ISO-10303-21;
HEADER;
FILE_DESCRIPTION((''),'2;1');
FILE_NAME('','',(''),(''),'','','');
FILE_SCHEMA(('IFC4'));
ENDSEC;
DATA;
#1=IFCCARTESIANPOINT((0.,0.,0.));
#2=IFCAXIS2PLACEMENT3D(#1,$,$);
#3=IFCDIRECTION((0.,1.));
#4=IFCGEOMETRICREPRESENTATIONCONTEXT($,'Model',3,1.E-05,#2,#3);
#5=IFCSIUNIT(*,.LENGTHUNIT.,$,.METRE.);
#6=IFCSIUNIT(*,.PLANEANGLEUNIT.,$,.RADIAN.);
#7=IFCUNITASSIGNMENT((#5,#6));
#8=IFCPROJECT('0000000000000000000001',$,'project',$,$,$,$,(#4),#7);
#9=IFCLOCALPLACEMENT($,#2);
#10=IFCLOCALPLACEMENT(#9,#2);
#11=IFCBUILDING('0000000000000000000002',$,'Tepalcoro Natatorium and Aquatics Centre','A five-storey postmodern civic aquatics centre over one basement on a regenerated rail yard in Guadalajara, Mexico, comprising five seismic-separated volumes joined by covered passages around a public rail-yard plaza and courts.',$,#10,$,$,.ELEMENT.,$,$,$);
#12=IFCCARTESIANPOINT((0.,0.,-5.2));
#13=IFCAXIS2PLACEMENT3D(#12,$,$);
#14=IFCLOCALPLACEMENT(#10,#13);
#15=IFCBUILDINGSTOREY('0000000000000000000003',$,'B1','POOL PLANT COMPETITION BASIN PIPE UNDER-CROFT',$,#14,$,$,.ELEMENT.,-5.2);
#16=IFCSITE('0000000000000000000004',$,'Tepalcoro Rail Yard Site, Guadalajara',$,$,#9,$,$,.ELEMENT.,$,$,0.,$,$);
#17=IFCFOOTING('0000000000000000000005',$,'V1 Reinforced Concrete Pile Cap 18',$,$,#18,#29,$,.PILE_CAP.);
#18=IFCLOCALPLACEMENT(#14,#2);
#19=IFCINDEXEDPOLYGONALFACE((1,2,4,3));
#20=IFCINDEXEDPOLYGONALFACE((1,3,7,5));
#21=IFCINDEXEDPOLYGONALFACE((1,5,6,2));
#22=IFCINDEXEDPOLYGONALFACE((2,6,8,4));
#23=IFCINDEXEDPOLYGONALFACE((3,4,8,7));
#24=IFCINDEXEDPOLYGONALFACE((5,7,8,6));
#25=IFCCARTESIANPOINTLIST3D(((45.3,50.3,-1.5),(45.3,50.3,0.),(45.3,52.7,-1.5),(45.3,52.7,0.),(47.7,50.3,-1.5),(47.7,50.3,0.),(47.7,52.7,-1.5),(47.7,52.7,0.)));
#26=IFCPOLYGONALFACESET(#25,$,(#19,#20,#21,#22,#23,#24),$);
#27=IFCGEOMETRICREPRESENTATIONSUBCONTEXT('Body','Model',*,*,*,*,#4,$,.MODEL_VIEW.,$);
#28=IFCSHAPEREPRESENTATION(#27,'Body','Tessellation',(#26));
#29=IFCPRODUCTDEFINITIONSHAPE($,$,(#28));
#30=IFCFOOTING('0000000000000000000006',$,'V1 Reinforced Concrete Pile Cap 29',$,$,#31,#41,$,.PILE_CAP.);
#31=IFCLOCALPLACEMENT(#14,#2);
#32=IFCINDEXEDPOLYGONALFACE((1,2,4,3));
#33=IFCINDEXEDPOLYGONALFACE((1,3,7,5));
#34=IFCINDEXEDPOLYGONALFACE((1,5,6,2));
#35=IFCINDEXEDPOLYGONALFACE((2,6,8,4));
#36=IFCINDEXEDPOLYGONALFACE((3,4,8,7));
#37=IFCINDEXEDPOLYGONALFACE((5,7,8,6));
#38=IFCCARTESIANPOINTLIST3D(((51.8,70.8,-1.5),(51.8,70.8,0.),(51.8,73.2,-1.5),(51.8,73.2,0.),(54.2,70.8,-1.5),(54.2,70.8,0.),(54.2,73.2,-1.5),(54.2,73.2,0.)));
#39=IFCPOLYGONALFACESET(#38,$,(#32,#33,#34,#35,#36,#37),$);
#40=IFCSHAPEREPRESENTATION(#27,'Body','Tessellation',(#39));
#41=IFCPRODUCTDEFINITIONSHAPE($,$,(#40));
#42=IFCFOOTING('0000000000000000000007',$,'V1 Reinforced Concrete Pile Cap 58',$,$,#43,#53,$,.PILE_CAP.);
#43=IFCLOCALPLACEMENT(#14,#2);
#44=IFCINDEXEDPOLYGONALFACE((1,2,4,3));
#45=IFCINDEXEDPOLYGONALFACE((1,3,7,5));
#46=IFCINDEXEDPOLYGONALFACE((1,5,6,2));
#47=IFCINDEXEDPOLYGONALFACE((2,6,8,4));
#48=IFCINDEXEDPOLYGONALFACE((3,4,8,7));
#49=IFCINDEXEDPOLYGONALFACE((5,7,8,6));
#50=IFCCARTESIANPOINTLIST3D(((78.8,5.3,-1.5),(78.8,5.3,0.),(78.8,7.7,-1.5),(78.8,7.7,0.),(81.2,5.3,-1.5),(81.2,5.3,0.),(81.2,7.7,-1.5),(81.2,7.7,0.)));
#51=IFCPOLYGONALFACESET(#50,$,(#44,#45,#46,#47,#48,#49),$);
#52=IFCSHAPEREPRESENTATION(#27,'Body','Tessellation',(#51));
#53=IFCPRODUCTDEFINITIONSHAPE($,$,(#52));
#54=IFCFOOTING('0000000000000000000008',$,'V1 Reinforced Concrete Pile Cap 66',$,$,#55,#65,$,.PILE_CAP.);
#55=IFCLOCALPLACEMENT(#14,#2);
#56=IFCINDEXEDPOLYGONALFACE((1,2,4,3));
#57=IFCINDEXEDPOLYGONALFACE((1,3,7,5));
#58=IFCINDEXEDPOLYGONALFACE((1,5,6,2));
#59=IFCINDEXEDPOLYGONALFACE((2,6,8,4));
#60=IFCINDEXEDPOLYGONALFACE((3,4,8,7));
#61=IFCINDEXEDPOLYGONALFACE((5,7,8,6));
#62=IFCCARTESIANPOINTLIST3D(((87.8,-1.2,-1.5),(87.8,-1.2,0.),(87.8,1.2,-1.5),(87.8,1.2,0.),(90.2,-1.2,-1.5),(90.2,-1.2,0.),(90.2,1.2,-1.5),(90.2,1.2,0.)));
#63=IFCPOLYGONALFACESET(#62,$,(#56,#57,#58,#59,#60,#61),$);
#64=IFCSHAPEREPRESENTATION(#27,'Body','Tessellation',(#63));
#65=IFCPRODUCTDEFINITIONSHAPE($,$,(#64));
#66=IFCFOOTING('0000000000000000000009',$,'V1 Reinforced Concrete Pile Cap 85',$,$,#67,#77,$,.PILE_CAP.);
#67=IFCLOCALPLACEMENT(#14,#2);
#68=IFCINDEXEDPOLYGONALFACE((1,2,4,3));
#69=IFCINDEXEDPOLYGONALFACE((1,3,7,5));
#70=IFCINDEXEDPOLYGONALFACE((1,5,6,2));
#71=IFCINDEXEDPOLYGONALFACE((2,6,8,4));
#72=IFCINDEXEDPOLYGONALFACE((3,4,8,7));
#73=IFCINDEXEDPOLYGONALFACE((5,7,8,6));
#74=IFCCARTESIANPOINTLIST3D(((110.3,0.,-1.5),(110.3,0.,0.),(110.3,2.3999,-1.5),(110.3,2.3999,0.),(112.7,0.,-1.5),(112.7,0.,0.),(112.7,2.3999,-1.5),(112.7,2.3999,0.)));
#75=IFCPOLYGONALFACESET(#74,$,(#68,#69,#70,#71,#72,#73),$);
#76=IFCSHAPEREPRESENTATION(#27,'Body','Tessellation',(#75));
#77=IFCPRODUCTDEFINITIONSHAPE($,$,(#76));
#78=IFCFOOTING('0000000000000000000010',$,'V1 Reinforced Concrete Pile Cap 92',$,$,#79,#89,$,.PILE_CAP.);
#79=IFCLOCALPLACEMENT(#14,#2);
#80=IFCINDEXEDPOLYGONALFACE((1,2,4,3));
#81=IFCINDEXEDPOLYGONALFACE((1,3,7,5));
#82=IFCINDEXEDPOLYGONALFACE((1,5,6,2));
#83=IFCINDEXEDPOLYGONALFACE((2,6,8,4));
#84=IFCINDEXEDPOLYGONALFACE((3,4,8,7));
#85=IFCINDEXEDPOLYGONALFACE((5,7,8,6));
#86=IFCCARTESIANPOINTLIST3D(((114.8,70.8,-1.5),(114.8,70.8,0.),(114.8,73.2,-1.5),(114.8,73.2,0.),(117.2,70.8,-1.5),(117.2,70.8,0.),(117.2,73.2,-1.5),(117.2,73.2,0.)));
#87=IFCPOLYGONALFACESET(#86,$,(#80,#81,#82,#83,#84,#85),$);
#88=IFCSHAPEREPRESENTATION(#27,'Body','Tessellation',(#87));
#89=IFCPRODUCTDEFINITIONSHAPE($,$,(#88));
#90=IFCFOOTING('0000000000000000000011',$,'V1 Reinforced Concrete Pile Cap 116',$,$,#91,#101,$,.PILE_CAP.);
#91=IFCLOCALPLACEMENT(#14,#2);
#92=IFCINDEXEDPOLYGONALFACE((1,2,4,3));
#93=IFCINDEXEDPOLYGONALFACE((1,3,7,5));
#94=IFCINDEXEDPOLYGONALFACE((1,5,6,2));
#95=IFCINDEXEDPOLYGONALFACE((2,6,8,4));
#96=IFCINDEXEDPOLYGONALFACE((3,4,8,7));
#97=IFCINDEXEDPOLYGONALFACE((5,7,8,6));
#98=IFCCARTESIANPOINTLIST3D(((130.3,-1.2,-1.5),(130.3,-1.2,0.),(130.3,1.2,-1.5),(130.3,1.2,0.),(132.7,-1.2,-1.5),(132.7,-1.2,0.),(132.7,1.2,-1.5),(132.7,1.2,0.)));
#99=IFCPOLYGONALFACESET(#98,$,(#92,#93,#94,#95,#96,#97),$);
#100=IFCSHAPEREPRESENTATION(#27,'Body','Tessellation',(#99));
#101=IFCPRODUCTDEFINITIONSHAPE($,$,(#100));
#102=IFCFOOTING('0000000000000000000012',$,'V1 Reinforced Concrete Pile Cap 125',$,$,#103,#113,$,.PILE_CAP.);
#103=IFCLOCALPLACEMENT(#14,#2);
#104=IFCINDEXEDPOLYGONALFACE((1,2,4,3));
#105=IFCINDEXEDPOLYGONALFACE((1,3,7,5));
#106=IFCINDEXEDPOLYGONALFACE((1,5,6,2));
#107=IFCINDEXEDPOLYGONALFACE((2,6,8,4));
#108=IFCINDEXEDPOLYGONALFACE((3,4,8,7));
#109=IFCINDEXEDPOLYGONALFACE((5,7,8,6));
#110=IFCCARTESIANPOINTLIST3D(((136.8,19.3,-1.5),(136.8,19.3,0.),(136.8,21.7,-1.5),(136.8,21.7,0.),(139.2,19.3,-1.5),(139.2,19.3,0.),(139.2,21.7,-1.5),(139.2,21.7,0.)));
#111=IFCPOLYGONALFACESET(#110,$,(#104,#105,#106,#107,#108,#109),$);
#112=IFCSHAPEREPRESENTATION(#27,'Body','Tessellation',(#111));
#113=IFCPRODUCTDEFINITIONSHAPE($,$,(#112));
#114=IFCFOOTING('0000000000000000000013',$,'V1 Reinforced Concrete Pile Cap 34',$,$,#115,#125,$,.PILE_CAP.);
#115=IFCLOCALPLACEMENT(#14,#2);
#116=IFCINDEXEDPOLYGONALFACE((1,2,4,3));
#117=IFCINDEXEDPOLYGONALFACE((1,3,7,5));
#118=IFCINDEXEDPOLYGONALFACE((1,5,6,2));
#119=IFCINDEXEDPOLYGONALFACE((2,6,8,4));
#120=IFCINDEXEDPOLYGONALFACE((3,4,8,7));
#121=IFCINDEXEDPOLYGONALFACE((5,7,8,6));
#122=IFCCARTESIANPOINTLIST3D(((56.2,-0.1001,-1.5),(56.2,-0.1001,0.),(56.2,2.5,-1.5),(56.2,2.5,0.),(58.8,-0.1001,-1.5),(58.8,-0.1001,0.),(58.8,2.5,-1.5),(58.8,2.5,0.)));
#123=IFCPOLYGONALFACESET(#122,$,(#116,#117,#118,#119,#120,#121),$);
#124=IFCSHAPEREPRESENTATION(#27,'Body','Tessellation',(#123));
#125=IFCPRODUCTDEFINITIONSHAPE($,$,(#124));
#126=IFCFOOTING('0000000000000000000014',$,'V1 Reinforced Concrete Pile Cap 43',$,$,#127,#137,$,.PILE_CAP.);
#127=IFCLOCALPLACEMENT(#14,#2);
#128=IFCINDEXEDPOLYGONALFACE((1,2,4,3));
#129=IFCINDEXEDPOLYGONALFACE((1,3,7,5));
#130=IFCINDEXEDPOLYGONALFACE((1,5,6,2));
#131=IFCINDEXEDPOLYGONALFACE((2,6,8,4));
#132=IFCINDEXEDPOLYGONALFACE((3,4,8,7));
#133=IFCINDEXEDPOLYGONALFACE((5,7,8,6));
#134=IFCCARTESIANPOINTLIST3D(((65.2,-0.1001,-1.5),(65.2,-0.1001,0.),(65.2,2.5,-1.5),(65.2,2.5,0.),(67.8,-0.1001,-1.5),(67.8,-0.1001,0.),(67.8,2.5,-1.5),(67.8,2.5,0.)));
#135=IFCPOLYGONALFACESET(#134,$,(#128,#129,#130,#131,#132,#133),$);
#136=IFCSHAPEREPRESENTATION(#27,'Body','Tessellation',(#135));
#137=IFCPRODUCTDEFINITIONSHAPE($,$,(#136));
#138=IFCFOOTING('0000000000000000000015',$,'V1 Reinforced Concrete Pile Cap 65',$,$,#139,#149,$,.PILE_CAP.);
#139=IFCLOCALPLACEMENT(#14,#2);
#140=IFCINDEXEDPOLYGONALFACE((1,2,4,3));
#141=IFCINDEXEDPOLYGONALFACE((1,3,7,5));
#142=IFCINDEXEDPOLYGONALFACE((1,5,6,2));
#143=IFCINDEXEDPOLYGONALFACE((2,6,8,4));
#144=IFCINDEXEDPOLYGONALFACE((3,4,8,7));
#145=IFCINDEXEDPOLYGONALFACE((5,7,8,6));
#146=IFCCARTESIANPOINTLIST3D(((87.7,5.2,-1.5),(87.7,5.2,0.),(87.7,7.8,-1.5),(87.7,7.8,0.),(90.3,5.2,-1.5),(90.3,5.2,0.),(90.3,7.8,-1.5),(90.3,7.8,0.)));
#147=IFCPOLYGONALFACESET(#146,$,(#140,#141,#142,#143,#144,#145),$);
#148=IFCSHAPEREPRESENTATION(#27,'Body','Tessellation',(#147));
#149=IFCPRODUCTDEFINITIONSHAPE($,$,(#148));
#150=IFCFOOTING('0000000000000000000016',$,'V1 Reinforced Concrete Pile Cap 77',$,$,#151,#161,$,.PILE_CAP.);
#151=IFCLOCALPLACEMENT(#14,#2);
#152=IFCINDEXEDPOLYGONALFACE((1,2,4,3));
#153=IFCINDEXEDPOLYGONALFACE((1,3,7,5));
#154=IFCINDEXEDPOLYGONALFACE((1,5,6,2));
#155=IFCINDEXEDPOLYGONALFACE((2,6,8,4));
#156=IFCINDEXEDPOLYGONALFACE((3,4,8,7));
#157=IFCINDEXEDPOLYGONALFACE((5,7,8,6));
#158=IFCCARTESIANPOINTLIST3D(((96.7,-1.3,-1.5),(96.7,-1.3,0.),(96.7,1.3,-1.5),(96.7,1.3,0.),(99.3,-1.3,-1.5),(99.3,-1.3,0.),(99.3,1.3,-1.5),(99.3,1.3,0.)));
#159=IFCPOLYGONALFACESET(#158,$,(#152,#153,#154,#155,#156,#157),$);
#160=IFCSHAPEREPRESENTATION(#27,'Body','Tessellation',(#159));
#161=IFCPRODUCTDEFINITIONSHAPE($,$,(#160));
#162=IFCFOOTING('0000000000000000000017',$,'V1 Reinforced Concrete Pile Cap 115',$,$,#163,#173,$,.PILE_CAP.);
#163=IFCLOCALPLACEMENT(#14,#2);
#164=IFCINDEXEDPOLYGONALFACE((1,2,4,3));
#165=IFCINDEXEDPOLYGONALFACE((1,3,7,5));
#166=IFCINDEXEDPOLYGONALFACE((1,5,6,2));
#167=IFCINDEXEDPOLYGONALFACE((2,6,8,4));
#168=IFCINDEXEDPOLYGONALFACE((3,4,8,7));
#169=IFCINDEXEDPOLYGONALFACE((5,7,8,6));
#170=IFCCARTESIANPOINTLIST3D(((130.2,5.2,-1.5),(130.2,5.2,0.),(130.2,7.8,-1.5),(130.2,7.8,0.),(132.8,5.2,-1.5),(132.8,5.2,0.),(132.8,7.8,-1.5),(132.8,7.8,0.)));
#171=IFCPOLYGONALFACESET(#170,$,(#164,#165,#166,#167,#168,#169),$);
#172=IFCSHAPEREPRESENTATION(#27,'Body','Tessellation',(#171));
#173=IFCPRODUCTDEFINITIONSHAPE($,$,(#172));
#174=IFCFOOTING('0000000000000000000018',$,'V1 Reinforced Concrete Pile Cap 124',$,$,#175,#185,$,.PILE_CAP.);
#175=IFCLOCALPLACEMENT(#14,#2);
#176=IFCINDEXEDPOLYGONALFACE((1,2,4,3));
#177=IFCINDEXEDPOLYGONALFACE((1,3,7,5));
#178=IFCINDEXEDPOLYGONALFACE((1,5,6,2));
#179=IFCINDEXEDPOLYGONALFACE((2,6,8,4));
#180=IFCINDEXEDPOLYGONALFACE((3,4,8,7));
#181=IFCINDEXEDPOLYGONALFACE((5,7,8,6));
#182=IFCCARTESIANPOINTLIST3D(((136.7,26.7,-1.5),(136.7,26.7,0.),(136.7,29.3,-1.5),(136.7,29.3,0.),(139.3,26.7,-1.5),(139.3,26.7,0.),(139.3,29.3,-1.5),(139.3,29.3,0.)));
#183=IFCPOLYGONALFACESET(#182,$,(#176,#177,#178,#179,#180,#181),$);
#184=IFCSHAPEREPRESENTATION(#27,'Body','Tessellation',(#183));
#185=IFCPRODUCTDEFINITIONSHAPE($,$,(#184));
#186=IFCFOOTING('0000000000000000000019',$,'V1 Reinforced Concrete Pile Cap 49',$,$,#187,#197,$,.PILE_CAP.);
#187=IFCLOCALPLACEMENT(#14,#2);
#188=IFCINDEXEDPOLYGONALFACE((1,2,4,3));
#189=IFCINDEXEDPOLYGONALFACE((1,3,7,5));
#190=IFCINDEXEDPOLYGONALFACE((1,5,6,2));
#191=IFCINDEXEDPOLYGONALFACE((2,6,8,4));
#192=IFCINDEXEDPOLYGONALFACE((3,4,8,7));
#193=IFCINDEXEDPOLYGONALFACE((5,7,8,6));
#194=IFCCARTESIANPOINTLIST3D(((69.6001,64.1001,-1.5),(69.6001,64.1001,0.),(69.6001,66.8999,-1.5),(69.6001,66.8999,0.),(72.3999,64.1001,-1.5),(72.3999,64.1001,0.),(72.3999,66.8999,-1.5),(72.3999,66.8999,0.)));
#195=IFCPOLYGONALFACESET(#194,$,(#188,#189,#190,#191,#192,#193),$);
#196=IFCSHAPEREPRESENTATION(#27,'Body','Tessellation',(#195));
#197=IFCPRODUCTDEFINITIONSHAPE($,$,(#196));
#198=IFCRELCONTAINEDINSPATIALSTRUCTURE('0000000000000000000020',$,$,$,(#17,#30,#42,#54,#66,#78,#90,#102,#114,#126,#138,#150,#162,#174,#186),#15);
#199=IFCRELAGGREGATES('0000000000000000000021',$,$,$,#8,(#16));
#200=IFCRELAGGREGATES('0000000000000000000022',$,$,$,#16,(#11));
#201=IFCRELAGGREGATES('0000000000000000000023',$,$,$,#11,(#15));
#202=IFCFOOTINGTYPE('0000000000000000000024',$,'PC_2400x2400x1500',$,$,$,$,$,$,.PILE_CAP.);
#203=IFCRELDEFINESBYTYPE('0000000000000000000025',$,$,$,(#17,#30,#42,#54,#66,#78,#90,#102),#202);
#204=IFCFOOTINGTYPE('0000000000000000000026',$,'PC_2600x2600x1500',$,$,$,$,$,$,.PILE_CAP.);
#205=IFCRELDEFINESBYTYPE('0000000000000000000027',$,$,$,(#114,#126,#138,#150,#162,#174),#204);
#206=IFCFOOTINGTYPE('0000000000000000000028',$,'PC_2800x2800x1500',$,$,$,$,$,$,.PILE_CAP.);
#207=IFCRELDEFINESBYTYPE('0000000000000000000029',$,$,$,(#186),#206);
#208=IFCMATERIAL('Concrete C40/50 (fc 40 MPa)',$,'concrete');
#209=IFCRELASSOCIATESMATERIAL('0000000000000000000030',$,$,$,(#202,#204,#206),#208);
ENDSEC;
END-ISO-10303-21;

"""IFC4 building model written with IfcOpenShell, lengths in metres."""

from ifc_helpers import new_model, si_unit, direction, frame, origin, place, context, subcontext, project, spatial, polyline, outline, extrude, material, type_object, element, save


model = new_model("IFC4")

# Units and contexts
model_context = context("Model", 3, precision=1e-05, world=origin(), true_north=direction((0.0, 1.0)))
body_context = subcontext(model_context, "Body", "Model", "MODEL_VIEW")
ifc_project = project(units=[si_unit("LENGTHUNIT", "METRE"), si_unit("PLANEANGLEUNIT", "RADIAN")], contexts=[model_context])

# Site, building, storey
site_placement = place(None, origin())
site = spatial("IfcSite", under=ifc_project, at=site_placement, Name="Tepalcoro Rail Yard Site, Guadalajara", CompositionType="ELEMENT", RefElevation=0.0)
building_placement = place(site_placement, origin())
building = spatial("IfcBuilding", under=site, at=building_placement, Name="Tepalcoro Natatorium and Aquatics Centre", Description="A five-storey postmodern civic aquatics centre over one basement on a regenerated rail yard in Guadalajara, Mexico, comprising five seismic-separated volumes joined by covered passages around a public rail-yard plaza and courts.", CompositionType="ELEMENT")
storey_placement = place(building_placement, frame((0.0, 0.0, -5.2)))
storey = spatial("IfcBuildingStorey", under=building, at=storey_placement, Name="B1", Description="POOL PLANT COMPETITION BASIN PIPE UNDER-CROFT", CompositionType="ELEMENT", Elevation=-5.2)

# Footings
ifc_material = material(Name="Concrete C40/50 (fc 40 MPa)", Category="concrete")
footing_type_1 = type_object("IfcFootingType", Name="PC_2400x2400x1500", PredefinedType="PILE_CAP", material=ifc_material)
footing_1_placement = place(storey_placement, frame((0.0, 0.0, -1.5)))
element("IfcFooting", 1, at=footing_1_placement, inside=storey, type_object=footing_type_1, Name="V1 Reinforced Concrete Pile Cap 18", PredefinedType="PILE_CAP", context=body_context, shape_type="SweptSolid", body=[
    extrude(outline(polyline([(45.3, 50.3), (47.7, 50.3), (47.7, 52.7), (45.3, 52.7), (45.3, 50.3)])), origin(), (0.0, 0.0, 1.0), 1.5),
])
footing_2_placement = place(storey_placement, frame((0.0, 0.0, -1.5)))
element("IfcFooting", 2, at=footing_2_placement, inside=storey, type_object=footing_type_1, Name="V1 Reinforced Concrete Pile Cap 29", PredefinedType="PILE_CAP", context=body_context, shape_type="SweptSolid", body=[
    extrude(outline(polyline([(51.8, 70.8), (54.2, 70.8), (54.2, 73.2), (51.8, 73.2), (51.8, 70.8)])), origin(), (0.0, 0.0, 1.0), 1.5),
])
footing_3_placement = place(storey_placement, frame((0.0, 0.0, -1.5)))
element("IfcFooting", 3, at=footing_3_placement, inside=storey, type_object=footing_type_1, Name="V1 Reinforced Concrete Pile Cap 58", PredefinedType="PILE_CAP", context=body_context, shape_type="SweptSolid", body=[
    extrude(outline(polyline([(78.8, 5.3), (81.2, 5.3), (81.2, 7.7), (78.8, 7.7), (78.8, 5.3)])), origin(), (0.0, 0.0, 1.0), 1.5),
])
footing_4_placement = place(storey_placement, frame((0.0, 0.0, -1.5)))
element("IfcFooting", 4, at=footing_4_placement, inside=storey, type_object=footing_type_1, Name="V1 Reinforced Concrete Pile Cap 66", PredefinedType="PILE_CAP", context=body_context, shape_type="SweptSolid", body=[
    extrude(outline(polyline([(87.8, -1.2), (90.2, -1.2), (90.2, 1.2), (87.8, 1.2), (87.8, -1.2)])), origin(), (0.0, 0.0, 1.0), 1.5),
])
footing_5_placement = place(storey_placement, frame((0.0, 0.0, -1.5)))
element("IfcFooting", 5, at=footing_5_placement, inside=storey, type_object=footing_type_1, Name="V1 Reinforced Concrete Pile Cap 85", PredefinedType="PILE_CAP", context=body_context, shape_type="SweptSolid", body=[
    extrude(outline(polyline([(110.3, 0.0), (112.7, 0.0), (112.7, 2.3999), (110.3, 2.3999), (110.3, 0.0)])), origin(), (0.0, 0.0, 1.0), 1.5),
])
footing_6_placement = place(storey_placement, frame((0.0, 0.0, -1.5)))
element("IfcFooting", 6, at=footing_6_placement, inside=storey, type_object=footing_type_1, Name="V1 Reinforced Concrete Pile Cap 92", PredefinedType="PILE_CAP", context=body_context, shape_type="SweptSolid", body=[
    extrude(outline(polyline([(114.8, 70.8), (117.2, 70.8), (117.2, 73.2), (114.8, 73.2), (114.8, 70.8)])), origin(), (0.0, 0.0, 1.0), 1.5),
])
footing_7_placement = place(storey_placement, frame((0.0, 0.0, -1.5)))
element("IfcFooting", 7, at=footing_7_placement, inside=storey, type_object=footing_type_1, Name="V1 Reinforced Concrete Pile Cap 116", PredefinedType="PILE_CAP", context=body_context, shape_type="SweptSolid", body=[
    extrude(outline(polyline([(130.3, -1.2), (132.7, -1.2), (132.7, 1.2), (130.3, 1.2), (130.3, -1.2)])), origin(), (0.0, 0.0, 1.0), 1.5),
])
footing_8_placement = place(storey_placement, frame((0.0, 0.0, -1.5)))
element("IfcFooting", 8, at=footing_8_placement, inside=storey, type_object=footing_type_1, Name="V1 Reinforced Concrete Pile Cap 125", PredefinedType="PILE_CAP", context=body_context, shape_type="SweptSolid", body=[
    extrude(outline(polyline([(136.8, 19.3), (139.2, 19.3), (139.2, 21.7), (136.8, 21.7), (136.8, 19.3)])), origin(), (0.0, 0.0, 1.0), 1.5),
])
footing_type_2 = type_object("IfcFootingType", Name="PC_2600x2600x1500", PredefinedType="PILE_CAP", material=ifc_material)
footing_9_placement = place(storey_placement, frame((0.0, 0.0, -1.5)))
element("IfcFooting", 9, at=footing_9_placement, inside=storey, type_object=footing_type_2, Name="V1 Reinforced Concrete Pile Cap 34", PredefinedType="PILE_CAP", context=body_context, shape_type="SweptSolid", body=[
    extrude(outline(polyline([(56.2, -0.1001), (58.8, -0.1001), (58.8, 2.5), (56.2, 2.5), (56.2, -0.1001)])), origin(), (0.0, 0.0, 1.0), 1.5),
])
footing_10_placement = place(storey_placement, frame((0.0, 0.0, -1.5)))
element("IfcFooting", 10, at=footing_10_placement, inside=storey, type_object=footing_type_2, Name="V1 Reinforced Concrete Pile Cap 43", PredefinedType="PILE_CAP", context=body_context, shape_type="SweptSolid", body=[
    extrude(outline(polyline([(65.2, -0.1001), (67.8, -0.1001), (67.8, 2.5), (65.2, 2.5), (65.2, -0.1001)])), origin(), (0.0, 0.0, 1.0), 1.5),
])
footing_11_placement = place(storey_placement, frame((0.0, 0.0, -1.5)))
element("IfcFooting", 11, at=footing_11_placement, inside=storey, type_object=footing_type_2, Name="V1 Reinforced Concrete Pile Cap 65", PredefinedType="PILE_CAP", context=body_context, shape_type="SweptSolid", body=[
    extrude(outline(polyline([(87.7, 5.2), (90.3, 5.2), (90.3, 7.8), (87.7, 7.8), (87.7, 5.2)])), origin(), (0.0, 0.0, 1.0), 1.5),
])
footing_12_placement = place(storey_placement, frame((0.0, 0.0, -1.5)))
element("IfcFooting", 12, at=footing_12_placement, inside=storey, type_object=footing_type_2, Name="V1 Reinforced Concrete Pile Cap 77", PredefinedType="PILE_CAP", context=body_context, shape_type="SweptSolid", body=[
    extrude(outline(polyline([(96.7, -1.3), (99.3, -1.3), (99.3, 1.3), (96.7, 1.3), (96.7, -1.3)])), origin(), (0.0, 0.0, 1.0), 1.5),
])
footing_13_placement = place(storey_placement, frame((0.0, 0.0, -1.5)))
element("IfcFooting", 13, at=footing_13_placement, inside=storey, type_object=footing_type_2, Name="V1 Reinforced Concrete Pile Cap 115", PredefinedType="PILE_CAP", context=body_context, shape_type="SweptSolid", body=[
    extrude(outline(polyline([(130.2, 5.2), (132.8, 5.2), (132.8, 7.8), (130.2, 7.8), (130.2, 5.2)])), origin(), (0.0, 0.0, 1.0), 1.5),
])
footing_14_placement = place(storey_placement, frame((0.0, 0.0, -1.5)))
element("IfcFooting", 14, at=footing_14_placement, inside=storey, type_object=footing_type_2, Name="V1 Reinforced Concrete Pile Cap 124", PredefinedType="PILE_CAP", context=body_context, shape_type="SweptSolid", body=[
    extrude(outline(polyline([(136.7, 26.7), (139.3, 26.7), (139.3, 29.3), (136.7, 29.3), (136.7, 26.7)])), origin(), (0.0, 0.0, 1.0), 1.5),
])
footing_type_3 = type_object("IfcFootingType", Name="PC_2800x2800x1500", PredefinedType="PILE_CAP", material=ifc_material)
footing_15_placement = place(storey_placement, frame((0.0, 0.0, -1.5)))
element("IfcFooting", 15, at=footing_15_placement, inside=storey, type_object=footing_type_3, Name="V1 Reinforced Concrete Pile Cap 49", PredefinedType="PILE_CAP", context=body_context, shape_type="SweptSolid", body=[
    extrude(outline(polyline([(69.6001, 64.1001), (72.3999, 64.1001), (72.3999, 66.8999), (69.6001, 66.8999), (69.6001, 64.1001)])), origin(), (0.0, 0.0, 1.0), 1.5),
])

save(model, "model.ifc")
